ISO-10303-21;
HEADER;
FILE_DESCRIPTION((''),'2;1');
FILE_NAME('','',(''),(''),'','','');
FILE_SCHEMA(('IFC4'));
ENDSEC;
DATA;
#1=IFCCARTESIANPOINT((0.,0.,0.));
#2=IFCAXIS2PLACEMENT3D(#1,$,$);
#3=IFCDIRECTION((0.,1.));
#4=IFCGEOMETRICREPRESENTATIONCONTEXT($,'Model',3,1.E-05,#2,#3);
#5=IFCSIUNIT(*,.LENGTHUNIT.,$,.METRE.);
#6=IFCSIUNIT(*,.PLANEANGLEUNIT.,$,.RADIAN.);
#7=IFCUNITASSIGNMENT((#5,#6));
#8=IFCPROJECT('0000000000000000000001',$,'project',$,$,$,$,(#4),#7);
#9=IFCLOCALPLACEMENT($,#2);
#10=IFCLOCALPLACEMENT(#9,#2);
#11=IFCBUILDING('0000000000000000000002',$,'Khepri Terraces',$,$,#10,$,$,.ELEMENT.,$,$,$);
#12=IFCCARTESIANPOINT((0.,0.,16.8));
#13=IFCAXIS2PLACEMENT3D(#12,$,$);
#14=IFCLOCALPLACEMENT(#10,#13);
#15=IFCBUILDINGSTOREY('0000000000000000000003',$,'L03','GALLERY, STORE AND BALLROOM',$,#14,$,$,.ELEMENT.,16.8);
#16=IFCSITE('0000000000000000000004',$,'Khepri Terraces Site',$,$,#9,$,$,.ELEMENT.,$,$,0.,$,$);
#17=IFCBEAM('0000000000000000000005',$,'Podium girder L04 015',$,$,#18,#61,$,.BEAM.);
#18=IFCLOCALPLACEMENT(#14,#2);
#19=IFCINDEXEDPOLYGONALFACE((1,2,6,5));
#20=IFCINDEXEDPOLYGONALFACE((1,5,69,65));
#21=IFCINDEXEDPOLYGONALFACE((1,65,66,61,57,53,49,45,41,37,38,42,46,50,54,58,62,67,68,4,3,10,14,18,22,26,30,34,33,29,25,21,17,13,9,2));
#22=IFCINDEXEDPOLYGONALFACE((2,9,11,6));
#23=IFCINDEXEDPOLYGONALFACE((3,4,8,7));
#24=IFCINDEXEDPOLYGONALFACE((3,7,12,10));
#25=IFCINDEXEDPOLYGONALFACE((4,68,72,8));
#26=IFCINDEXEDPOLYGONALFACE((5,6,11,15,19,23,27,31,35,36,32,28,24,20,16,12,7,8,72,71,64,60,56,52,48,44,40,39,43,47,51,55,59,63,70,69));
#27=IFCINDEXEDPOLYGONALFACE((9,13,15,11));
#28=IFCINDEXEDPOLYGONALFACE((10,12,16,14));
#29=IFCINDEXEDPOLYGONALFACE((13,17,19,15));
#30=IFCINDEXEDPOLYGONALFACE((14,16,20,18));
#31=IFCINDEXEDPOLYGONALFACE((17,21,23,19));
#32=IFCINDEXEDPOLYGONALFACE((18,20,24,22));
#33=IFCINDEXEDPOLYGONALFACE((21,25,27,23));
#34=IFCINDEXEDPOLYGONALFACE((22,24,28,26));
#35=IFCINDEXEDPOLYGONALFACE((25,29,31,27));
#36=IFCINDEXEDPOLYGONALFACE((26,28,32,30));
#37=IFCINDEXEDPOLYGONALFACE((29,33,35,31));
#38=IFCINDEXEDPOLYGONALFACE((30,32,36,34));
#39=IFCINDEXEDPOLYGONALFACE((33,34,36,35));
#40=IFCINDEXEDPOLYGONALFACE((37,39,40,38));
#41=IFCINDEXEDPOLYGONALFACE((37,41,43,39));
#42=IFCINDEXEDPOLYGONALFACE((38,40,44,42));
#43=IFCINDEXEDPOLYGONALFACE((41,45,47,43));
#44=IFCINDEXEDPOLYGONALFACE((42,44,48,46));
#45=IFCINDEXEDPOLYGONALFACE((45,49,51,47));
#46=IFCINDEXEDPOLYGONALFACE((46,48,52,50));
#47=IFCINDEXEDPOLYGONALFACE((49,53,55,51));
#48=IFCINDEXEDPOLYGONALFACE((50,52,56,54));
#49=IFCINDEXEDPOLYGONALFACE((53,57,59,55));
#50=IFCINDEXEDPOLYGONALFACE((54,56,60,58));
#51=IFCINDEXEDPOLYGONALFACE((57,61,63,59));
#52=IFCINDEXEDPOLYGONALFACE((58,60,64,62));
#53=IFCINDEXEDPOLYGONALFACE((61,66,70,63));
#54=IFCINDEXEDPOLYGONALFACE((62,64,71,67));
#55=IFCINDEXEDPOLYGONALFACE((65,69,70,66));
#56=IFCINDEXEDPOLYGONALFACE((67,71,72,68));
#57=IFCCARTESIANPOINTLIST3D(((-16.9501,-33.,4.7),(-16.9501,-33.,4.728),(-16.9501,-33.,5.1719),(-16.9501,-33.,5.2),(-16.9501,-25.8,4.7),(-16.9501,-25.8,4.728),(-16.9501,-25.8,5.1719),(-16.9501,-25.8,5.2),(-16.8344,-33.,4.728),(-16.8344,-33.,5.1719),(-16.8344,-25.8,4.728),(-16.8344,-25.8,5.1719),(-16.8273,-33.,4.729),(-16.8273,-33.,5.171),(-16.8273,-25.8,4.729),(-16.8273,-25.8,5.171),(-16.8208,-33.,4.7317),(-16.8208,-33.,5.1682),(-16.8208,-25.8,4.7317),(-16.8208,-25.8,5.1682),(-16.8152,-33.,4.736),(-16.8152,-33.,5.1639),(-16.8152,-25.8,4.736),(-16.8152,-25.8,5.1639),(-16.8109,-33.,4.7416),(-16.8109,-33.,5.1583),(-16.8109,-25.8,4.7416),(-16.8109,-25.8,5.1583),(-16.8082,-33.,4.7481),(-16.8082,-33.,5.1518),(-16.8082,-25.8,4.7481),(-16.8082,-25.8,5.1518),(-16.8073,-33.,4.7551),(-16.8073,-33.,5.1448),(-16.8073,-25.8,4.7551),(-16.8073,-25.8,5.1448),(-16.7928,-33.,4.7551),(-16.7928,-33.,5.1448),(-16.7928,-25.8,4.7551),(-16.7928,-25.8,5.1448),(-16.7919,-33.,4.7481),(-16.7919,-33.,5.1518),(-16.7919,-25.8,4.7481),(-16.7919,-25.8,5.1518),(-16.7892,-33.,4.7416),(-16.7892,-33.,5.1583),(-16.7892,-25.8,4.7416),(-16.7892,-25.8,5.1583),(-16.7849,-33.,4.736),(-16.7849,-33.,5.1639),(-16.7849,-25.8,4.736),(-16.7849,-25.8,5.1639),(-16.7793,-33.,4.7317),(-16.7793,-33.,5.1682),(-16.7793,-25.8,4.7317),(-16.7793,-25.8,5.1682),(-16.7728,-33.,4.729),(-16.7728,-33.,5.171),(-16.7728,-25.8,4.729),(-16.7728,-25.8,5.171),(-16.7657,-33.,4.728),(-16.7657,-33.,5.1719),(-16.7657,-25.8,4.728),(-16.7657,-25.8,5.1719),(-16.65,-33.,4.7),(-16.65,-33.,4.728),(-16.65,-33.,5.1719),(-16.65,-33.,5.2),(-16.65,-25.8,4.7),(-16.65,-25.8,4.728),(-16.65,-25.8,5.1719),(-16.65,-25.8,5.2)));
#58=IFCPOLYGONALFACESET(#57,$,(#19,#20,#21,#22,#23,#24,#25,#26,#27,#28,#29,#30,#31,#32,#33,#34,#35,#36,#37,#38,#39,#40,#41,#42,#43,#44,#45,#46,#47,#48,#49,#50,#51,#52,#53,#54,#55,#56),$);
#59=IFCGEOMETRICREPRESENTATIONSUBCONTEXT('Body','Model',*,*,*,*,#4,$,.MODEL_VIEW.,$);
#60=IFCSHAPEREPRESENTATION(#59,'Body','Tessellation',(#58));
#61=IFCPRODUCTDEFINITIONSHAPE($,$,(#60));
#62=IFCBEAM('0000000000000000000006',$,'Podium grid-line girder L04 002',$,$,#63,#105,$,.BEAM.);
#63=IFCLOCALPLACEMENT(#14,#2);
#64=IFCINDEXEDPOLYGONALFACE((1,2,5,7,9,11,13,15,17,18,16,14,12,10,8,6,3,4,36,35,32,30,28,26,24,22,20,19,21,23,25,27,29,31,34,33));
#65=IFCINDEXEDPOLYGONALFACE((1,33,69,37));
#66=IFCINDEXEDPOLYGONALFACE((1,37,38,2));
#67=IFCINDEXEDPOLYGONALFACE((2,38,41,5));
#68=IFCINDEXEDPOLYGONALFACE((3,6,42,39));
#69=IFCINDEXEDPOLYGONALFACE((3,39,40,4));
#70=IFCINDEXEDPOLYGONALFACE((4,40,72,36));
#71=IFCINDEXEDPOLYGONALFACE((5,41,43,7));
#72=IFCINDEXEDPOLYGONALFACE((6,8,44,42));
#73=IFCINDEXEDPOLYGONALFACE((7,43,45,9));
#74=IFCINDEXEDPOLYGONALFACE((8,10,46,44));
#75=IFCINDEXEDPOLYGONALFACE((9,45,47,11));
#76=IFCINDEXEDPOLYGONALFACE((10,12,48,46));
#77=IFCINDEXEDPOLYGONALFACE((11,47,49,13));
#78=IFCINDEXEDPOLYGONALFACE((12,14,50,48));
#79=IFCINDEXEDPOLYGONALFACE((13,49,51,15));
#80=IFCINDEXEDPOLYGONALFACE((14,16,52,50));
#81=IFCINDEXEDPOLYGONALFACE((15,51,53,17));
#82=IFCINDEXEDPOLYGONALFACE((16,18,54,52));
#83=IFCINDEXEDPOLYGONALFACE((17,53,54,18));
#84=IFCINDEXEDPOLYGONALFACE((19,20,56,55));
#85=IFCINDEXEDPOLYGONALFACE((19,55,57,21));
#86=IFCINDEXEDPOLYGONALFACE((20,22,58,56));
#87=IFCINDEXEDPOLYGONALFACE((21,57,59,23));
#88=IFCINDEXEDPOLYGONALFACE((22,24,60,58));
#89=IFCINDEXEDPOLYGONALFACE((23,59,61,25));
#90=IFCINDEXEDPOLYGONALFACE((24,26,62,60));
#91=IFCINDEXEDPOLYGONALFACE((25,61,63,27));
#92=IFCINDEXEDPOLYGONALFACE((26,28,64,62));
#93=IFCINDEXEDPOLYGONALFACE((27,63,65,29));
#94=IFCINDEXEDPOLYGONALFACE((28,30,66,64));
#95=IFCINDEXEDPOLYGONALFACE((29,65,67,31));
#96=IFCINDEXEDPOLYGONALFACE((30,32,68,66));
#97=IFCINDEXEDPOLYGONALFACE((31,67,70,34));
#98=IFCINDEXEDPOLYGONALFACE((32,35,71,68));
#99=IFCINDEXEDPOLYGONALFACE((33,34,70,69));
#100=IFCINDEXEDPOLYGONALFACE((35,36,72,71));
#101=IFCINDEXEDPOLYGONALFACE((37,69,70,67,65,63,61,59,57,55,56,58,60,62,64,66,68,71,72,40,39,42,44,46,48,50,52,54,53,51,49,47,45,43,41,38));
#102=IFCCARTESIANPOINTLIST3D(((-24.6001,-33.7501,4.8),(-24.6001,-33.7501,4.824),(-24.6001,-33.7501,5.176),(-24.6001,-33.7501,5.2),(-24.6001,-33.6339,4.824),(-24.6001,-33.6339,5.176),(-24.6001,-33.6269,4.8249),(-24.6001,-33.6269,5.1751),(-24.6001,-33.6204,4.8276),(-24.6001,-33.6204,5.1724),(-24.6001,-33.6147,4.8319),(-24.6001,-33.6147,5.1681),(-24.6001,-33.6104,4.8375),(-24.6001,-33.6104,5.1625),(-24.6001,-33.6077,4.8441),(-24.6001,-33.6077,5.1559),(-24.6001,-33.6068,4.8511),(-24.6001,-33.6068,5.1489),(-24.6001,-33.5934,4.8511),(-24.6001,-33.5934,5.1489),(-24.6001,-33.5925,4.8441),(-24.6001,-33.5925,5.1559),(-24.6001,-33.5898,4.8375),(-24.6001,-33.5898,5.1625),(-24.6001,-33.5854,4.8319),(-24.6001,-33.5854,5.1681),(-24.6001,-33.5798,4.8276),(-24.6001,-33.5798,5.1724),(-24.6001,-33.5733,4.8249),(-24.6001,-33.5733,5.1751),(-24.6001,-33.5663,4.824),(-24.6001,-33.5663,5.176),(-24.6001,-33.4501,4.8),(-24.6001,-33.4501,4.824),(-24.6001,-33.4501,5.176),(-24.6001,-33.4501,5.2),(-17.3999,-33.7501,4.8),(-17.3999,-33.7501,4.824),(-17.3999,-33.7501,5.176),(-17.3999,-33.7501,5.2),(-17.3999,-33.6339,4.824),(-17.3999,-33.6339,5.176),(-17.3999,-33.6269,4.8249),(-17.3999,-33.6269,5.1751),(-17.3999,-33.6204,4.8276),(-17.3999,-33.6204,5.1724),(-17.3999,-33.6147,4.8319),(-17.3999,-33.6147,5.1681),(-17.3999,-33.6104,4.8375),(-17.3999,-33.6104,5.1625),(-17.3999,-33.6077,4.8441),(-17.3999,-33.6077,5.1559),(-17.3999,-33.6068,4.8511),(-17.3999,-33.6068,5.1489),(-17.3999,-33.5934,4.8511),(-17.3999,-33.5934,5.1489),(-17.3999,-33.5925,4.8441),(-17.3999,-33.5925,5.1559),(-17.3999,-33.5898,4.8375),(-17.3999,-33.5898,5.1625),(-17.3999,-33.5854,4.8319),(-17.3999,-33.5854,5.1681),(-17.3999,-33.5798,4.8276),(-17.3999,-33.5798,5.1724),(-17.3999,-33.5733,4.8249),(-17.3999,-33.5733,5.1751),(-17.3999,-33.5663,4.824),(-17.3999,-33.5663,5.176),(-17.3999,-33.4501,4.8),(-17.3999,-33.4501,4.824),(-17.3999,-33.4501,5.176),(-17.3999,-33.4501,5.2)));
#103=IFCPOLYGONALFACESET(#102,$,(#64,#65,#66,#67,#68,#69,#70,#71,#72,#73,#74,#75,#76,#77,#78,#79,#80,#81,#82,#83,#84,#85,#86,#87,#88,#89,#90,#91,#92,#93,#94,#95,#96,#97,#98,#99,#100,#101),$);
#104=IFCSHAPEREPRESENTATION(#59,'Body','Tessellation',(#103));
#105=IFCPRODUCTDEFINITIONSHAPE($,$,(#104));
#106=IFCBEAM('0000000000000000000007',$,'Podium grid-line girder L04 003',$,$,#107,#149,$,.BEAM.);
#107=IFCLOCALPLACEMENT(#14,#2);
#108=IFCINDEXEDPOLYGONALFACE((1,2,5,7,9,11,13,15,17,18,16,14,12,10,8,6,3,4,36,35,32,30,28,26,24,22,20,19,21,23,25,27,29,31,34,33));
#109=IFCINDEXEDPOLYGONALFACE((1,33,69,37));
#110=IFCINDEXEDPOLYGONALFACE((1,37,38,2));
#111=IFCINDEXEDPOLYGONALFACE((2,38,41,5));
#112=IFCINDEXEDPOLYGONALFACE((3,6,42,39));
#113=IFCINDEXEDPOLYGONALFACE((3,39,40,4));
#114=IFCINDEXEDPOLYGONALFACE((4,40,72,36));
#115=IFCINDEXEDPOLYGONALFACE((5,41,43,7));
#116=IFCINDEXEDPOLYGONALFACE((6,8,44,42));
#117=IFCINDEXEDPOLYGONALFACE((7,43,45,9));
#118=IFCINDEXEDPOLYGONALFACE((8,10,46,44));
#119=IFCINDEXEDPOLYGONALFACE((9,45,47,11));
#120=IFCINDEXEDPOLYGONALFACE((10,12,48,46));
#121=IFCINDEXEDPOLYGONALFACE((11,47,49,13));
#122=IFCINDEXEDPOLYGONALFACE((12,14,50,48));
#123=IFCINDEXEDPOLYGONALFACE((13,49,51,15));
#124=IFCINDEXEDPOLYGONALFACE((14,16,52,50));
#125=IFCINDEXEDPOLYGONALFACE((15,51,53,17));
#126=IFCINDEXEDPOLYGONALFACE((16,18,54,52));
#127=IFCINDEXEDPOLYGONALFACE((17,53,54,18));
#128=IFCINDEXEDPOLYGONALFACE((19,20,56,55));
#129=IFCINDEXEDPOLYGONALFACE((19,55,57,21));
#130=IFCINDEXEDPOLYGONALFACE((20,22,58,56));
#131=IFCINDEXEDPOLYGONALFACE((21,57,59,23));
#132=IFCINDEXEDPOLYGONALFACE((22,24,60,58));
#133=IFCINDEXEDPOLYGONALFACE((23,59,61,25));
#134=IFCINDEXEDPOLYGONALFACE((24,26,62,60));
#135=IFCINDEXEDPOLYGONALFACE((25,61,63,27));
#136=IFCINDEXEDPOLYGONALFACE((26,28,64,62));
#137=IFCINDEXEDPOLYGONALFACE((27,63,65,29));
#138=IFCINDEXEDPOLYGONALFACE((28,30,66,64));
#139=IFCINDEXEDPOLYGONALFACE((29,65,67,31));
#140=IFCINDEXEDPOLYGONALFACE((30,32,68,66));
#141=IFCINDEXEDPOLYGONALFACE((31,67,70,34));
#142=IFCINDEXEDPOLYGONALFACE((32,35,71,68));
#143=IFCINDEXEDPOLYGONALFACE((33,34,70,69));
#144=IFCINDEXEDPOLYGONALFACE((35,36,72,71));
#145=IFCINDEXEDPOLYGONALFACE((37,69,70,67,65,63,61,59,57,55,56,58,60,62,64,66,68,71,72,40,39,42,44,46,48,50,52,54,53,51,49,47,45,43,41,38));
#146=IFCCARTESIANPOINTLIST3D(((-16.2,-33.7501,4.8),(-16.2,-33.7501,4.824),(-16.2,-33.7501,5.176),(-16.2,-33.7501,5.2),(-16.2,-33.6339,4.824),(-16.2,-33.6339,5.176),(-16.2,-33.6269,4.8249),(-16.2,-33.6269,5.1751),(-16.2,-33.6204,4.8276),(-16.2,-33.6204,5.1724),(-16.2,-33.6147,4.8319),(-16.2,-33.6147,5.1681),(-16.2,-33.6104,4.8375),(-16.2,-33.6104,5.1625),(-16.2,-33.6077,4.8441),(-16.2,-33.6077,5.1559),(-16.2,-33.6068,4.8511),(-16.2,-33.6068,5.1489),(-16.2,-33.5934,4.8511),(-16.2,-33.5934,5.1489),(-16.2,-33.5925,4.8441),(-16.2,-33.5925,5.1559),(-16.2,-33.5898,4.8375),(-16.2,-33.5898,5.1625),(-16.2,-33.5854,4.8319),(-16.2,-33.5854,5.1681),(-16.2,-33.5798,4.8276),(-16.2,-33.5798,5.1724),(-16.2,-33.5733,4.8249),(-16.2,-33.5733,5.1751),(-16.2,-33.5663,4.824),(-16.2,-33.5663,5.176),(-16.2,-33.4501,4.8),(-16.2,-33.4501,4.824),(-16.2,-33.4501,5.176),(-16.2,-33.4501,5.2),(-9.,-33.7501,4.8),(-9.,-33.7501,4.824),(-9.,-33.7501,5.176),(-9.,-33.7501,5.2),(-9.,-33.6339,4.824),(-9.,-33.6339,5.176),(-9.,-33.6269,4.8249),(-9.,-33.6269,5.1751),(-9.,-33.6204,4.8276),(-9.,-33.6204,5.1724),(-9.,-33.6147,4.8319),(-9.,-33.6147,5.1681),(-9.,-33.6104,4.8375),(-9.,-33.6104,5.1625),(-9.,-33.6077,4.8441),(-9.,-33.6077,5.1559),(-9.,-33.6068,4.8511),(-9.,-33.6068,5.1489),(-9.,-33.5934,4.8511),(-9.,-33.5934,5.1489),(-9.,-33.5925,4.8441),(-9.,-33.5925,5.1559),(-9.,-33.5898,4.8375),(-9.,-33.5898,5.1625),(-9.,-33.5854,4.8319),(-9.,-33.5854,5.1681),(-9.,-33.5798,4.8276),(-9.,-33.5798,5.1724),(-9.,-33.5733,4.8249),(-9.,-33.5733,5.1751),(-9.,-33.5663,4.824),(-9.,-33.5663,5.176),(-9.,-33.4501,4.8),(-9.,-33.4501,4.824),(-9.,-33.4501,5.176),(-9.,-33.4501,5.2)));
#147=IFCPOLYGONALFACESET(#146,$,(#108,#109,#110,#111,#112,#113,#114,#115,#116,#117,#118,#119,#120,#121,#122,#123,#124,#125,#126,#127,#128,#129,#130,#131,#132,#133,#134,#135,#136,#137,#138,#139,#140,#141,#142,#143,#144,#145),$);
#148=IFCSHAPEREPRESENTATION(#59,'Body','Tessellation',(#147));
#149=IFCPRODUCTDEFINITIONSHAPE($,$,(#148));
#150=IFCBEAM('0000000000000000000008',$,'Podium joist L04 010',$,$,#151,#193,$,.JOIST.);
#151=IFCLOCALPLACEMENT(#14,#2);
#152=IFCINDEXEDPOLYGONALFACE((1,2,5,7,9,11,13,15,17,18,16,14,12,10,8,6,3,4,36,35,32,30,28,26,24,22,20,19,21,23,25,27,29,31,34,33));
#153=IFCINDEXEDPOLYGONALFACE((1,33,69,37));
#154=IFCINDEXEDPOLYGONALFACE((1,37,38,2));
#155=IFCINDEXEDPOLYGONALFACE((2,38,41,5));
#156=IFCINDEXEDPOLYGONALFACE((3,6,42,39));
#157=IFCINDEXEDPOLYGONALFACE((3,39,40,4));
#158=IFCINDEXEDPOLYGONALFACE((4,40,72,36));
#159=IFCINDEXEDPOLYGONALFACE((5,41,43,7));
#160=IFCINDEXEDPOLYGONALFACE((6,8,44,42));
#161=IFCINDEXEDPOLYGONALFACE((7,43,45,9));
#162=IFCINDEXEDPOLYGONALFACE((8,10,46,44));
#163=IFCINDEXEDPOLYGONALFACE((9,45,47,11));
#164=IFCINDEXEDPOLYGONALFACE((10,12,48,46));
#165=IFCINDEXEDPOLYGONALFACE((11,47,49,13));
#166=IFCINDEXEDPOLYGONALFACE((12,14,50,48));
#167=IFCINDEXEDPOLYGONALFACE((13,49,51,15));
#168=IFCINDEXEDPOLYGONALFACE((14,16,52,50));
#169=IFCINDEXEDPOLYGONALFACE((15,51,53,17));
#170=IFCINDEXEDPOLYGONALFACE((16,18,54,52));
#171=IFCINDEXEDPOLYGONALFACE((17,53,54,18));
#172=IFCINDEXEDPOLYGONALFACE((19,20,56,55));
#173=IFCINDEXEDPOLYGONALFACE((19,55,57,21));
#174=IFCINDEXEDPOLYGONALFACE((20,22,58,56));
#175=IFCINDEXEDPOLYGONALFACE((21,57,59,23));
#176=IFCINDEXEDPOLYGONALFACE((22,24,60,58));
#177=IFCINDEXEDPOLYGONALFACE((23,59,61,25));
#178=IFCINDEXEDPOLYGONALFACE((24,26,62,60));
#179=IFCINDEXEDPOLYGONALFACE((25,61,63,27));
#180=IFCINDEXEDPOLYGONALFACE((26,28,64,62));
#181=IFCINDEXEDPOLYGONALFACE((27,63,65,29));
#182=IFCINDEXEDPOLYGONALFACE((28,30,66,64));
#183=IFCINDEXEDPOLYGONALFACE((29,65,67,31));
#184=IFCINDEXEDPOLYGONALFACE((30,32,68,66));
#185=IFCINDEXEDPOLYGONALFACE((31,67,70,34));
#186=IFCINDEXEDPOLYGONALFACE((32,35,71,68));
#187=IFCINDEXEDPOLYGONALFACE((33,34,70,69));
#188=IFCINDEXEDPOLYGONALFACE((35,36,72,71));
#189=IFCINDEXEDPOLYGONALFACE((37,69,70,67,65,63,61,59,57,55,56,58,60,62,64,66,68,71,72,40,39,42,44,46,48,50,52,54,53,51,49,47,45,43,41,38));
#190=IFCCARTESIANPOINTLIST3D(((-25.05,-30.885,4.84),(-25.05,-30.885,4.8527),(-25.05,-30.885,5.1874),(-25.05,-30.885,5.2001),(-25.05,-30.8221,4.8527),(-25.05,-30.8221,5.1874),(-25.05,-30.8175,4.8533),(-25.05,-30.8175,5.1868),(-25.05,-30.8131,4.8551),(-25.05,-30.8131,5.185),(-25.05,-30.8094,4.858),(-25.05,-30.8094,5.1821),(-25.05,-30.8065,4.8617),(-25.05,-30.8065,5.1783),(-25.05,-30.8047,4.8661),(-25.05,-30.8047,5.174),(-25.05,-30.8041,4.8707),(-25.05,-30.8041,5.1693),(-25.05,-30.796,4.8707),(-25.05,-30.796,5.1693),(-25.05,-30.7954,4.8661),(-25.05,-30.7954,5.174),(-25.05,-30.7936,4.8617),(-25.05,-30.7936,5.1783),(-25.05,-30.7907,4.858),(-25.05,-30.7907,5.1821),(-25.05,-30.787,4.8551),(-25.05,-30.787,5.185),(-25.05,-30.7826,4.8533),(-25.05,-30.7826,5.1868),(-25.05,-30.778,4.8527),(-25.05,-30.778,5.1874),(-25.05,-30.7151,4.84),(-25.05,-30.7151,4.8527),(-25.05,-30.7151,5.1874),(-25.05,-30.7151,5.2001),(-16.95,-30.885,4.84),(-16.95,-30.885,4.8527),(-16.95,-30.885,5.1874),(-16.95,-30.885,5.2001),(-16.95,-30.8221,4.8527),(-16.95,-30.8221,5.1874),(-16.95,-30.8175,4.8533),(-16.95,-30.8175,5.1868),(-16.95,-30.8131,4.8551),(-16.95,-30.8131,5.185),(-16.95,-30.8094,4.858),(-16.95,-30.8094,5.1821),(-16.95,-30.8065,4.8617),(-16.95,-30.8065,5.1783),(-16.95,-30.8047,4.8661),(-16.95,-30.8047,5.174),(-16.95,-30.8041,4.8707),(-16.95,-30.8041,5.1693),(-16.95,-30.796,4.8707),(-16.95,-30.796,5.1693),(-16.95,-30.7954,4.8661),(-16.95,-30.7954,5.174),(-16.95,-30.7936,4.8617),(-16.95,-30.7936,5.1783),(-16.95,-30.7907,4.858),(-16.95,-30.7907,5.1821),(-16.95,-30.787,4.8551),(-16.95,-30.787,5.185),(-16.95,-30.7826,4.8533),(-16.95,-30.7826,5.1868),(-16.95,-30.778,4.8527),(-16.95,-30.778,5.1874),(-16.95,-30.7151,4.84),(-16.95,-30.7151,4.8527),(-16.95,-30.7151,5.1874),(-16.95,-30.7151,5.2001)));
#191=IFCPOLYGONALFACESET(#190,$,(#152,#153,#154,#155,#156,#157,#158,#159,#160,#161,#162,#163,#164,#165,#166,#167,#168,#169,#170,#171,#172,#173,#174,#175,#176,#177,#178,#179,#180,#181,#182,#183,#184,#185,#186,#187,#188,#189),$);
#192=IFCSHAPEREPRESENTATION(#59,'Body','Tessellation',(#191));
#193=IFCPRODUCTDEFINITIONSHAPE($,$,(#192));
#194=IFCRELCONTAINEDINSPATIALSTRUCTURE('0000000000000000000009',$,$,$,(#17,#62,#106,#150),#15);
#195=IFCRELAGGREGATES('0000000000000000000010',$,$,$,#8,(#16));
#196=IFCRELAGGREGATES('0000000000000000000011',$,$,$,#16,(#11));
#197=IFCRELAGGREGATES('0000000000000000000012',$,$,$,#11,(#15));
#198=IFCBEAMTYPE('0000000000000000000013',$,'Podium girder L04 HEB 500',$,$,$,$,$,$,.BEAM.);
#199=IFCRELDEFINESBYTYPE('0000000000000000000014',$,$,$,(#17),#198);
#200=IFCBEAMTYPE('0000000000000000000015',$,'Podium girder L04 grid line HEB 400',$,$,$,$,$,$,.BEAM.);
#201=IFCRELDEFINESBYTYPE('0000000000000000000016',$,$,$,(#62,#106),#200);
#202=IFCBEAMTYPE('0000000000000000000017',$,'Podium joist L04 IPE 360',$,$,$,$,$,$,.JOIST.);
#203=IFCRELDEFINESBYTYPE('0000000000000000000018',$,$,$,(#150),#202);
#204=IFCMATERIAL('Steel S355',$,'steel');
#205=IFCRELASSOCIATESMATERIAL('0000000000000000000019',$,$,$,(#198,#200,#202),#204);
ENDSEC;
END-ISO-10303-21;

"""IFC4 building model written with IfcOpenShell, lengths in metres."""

from ifc_helpers import new_model, si_unit, direction, frame, origin, origin_2d, place, context, subcontext, project, spatial, i_section, extrude, material, material_profile, profile_set, type_object, element, save


model = new_model("IFC4")

# Units and contexts
model_context = context("Model", 3, precision=1e-05, world=origin(), true_north=direction((0.0, 1.0)))
body_context = subcontext(model_context, "Body", "Model", "MODEL_VIEW")
ifc_project = project(units=[si_unit("LENGTHUNIT", "METRE"), si_unit("PLANEANGLEUNIT", "RADIAN")], contexts=[model_context])

# Site, building, storey
site_placement = place(None, origin())
site = spatial("IfcSite", under=ifc_project, at=site_placement, Name="Khepri Terraces Site", CompositionType="ELEMENT", RefElevation=0.0)
building_placement = place(site_placement, origin())
building = spatial("IfcBuilding", under=site, at=building_placement, Name="Khepri Terraces", CompositionType="ELEMENT")
storey_placement = place(building_placement, frame((0.0, 0.0, 16.8)))
storey = spatial("IfcBuildingStorey", under=building, at=storey_placement, Name="L03", Description="GALLERY, STORE AND BALLROOM", CompositionType="ELEMENT", Elevation=16.8)

# Beams
ifc_material_1 = material(Name="Steel S355", Category="steel")
ifc_material_profile_1 = material_profile(ifc_material_1, i_section(OverallWidth=0.3, OverallDepth=0.5, WebThickness=0.0144, FlangeThickness=0.0281, FilletRadius=0.0271, at=origin_2d()), Name="Steel S355", Category="steel")
ifc_profile_set_1 = profile_set([ifc_material_profile_1], Name="Steel S355")
beam_type_1 = type_object("IfcBeamType", Name="Podium girder L04 HEB 500", PredefinedType="BEAM", material=ifc_profile_set_1)
beam_1_placement = place(storey_placement, frame((-16.8, -33.0, 4.95), z_axis=(0.0, 1.0, 0.0), x_axis=(-1.0, 0.0, 0.0)))
element("IfcBeam", 1, at=beam_1_placement, inside=storey, type_object=beam_type_1, Name="Podium girder L04 015", PredefinedType="BEAM", context=body_context, shape_type="SweptSolid", body=[
    extrude(i_section(OverallWidth=0.3, OverallDepth=0.5, WebThickness=0.0144, FlangeThickness=0.0281, FilletRadius=0.0271, at=origin_2d()), origin(), (0.0, 0.0, 1.0), 7.2),
])
ifc_material_profile_2 = material_profile(ifc_material_1, i_section(OverallWidth=0.3, OverallDepth=0.3999, WebThickness=0.0134, FlangeThickness=0.0239, FilletRadius=0.0271, at=origin_2d()), Name="Steel S355", Category="steel")
ifc_profile_set_2 = profile_set([ifc_material_profile_2], Name="Steel S355")
beam_type_2 = type_object("IfcBeamType", Name="Podium girder L04 grid line HEB 400", PredefinedType="BEAM", material=ifc_profile_set_2)
beam_2_placement = place(storey_placement, frame((-24.6001, -33.6001, 5.0), z_axis=(1.0, 0.0, 0.0), x_axis=(0.0, 1.0, 0.0)))
element("IfcBeam", 2, at=beam_2_placement, inside=storey, type_object=beam_type_2, Name="Podium grid-line girder L04 002", PredefinedType="BEAM", context=body_context, shape_type="SweptSolid", body=[
    extrude(i_section(OverallWidth=0.3, OverallDepth=0.3999, WebThickness=0.0134, FlangeThickness=0.0239, FilletRadius=0.0271, at=origin_2d()), origin(), (0.0, 0.0, 1.0), 7.2002),
])
beam_3_placement = place(storey_placement, frame((-16.2, -33.6001, 5.0), z_axis=(1.0, 0.0, 0.0), x_axis=(0.0, 1.0, 0.0)))
element("IfcBeam", 3, at=beam_3_placement, inside=storey, type_object=beam_type_2, Name="Podium grid-line girder L04 003", PredefinedType="BEAM", context=body_context, shape_type="SweptSolid", body=[
    extrude(i_section(OverallWidth=0.3, OverallDepth=0.3999, WebThickness=0.0134, FlangeThickness=0.0239, FilletRadius=0.0271, at=origin_2d()), origin(), (0.0, 0.0, 1.0), 7.2),
])
ifc_material_profile_3 = material_profile(ifc_material_1, i_section(OverallWidth=0.1699, OverallDepth=0.3601, WebThickness=0.0081, FlangeThickness=0.0127, FilletRadius=0.0181, at=origin_2d()), Name="Steel S355", Category="steel")
ifc_profile_set_3 = profile_set([ifc_material_profile_3], Name="Steel S355")
beam_type_3 = type_object("IfcBeamType", Name="Podium joist L04 IPE 360", PredefinedType="JOIST", material=ifc_profile_set_3)
beam_4_placement = place(storey_placement, frame((-25.05, -30.8, 5.02), z_axis=(1.0, 0.0, 0.0), x_axis=(0.0, 1.0, 0.0)))
element("IfcBeam", 4, at=beam_4_placement, inside=storey, type_object=beam_type_3, Name="Podium joist L04 010", PredefinedType="JOIST", context=body_context, shape_type="SweptSolid", body=[
    extrude(i_section(OverallWidth=0.1699, OverallDepth=0.3601, WebThickness=0.0081, FlangeThickness=0.0127, FilletRadius=0.0181, at=origin_2d()), origin(), (0.0, 0.0, 1.0), 8.1001),
])

save(model, "model.ifc")
